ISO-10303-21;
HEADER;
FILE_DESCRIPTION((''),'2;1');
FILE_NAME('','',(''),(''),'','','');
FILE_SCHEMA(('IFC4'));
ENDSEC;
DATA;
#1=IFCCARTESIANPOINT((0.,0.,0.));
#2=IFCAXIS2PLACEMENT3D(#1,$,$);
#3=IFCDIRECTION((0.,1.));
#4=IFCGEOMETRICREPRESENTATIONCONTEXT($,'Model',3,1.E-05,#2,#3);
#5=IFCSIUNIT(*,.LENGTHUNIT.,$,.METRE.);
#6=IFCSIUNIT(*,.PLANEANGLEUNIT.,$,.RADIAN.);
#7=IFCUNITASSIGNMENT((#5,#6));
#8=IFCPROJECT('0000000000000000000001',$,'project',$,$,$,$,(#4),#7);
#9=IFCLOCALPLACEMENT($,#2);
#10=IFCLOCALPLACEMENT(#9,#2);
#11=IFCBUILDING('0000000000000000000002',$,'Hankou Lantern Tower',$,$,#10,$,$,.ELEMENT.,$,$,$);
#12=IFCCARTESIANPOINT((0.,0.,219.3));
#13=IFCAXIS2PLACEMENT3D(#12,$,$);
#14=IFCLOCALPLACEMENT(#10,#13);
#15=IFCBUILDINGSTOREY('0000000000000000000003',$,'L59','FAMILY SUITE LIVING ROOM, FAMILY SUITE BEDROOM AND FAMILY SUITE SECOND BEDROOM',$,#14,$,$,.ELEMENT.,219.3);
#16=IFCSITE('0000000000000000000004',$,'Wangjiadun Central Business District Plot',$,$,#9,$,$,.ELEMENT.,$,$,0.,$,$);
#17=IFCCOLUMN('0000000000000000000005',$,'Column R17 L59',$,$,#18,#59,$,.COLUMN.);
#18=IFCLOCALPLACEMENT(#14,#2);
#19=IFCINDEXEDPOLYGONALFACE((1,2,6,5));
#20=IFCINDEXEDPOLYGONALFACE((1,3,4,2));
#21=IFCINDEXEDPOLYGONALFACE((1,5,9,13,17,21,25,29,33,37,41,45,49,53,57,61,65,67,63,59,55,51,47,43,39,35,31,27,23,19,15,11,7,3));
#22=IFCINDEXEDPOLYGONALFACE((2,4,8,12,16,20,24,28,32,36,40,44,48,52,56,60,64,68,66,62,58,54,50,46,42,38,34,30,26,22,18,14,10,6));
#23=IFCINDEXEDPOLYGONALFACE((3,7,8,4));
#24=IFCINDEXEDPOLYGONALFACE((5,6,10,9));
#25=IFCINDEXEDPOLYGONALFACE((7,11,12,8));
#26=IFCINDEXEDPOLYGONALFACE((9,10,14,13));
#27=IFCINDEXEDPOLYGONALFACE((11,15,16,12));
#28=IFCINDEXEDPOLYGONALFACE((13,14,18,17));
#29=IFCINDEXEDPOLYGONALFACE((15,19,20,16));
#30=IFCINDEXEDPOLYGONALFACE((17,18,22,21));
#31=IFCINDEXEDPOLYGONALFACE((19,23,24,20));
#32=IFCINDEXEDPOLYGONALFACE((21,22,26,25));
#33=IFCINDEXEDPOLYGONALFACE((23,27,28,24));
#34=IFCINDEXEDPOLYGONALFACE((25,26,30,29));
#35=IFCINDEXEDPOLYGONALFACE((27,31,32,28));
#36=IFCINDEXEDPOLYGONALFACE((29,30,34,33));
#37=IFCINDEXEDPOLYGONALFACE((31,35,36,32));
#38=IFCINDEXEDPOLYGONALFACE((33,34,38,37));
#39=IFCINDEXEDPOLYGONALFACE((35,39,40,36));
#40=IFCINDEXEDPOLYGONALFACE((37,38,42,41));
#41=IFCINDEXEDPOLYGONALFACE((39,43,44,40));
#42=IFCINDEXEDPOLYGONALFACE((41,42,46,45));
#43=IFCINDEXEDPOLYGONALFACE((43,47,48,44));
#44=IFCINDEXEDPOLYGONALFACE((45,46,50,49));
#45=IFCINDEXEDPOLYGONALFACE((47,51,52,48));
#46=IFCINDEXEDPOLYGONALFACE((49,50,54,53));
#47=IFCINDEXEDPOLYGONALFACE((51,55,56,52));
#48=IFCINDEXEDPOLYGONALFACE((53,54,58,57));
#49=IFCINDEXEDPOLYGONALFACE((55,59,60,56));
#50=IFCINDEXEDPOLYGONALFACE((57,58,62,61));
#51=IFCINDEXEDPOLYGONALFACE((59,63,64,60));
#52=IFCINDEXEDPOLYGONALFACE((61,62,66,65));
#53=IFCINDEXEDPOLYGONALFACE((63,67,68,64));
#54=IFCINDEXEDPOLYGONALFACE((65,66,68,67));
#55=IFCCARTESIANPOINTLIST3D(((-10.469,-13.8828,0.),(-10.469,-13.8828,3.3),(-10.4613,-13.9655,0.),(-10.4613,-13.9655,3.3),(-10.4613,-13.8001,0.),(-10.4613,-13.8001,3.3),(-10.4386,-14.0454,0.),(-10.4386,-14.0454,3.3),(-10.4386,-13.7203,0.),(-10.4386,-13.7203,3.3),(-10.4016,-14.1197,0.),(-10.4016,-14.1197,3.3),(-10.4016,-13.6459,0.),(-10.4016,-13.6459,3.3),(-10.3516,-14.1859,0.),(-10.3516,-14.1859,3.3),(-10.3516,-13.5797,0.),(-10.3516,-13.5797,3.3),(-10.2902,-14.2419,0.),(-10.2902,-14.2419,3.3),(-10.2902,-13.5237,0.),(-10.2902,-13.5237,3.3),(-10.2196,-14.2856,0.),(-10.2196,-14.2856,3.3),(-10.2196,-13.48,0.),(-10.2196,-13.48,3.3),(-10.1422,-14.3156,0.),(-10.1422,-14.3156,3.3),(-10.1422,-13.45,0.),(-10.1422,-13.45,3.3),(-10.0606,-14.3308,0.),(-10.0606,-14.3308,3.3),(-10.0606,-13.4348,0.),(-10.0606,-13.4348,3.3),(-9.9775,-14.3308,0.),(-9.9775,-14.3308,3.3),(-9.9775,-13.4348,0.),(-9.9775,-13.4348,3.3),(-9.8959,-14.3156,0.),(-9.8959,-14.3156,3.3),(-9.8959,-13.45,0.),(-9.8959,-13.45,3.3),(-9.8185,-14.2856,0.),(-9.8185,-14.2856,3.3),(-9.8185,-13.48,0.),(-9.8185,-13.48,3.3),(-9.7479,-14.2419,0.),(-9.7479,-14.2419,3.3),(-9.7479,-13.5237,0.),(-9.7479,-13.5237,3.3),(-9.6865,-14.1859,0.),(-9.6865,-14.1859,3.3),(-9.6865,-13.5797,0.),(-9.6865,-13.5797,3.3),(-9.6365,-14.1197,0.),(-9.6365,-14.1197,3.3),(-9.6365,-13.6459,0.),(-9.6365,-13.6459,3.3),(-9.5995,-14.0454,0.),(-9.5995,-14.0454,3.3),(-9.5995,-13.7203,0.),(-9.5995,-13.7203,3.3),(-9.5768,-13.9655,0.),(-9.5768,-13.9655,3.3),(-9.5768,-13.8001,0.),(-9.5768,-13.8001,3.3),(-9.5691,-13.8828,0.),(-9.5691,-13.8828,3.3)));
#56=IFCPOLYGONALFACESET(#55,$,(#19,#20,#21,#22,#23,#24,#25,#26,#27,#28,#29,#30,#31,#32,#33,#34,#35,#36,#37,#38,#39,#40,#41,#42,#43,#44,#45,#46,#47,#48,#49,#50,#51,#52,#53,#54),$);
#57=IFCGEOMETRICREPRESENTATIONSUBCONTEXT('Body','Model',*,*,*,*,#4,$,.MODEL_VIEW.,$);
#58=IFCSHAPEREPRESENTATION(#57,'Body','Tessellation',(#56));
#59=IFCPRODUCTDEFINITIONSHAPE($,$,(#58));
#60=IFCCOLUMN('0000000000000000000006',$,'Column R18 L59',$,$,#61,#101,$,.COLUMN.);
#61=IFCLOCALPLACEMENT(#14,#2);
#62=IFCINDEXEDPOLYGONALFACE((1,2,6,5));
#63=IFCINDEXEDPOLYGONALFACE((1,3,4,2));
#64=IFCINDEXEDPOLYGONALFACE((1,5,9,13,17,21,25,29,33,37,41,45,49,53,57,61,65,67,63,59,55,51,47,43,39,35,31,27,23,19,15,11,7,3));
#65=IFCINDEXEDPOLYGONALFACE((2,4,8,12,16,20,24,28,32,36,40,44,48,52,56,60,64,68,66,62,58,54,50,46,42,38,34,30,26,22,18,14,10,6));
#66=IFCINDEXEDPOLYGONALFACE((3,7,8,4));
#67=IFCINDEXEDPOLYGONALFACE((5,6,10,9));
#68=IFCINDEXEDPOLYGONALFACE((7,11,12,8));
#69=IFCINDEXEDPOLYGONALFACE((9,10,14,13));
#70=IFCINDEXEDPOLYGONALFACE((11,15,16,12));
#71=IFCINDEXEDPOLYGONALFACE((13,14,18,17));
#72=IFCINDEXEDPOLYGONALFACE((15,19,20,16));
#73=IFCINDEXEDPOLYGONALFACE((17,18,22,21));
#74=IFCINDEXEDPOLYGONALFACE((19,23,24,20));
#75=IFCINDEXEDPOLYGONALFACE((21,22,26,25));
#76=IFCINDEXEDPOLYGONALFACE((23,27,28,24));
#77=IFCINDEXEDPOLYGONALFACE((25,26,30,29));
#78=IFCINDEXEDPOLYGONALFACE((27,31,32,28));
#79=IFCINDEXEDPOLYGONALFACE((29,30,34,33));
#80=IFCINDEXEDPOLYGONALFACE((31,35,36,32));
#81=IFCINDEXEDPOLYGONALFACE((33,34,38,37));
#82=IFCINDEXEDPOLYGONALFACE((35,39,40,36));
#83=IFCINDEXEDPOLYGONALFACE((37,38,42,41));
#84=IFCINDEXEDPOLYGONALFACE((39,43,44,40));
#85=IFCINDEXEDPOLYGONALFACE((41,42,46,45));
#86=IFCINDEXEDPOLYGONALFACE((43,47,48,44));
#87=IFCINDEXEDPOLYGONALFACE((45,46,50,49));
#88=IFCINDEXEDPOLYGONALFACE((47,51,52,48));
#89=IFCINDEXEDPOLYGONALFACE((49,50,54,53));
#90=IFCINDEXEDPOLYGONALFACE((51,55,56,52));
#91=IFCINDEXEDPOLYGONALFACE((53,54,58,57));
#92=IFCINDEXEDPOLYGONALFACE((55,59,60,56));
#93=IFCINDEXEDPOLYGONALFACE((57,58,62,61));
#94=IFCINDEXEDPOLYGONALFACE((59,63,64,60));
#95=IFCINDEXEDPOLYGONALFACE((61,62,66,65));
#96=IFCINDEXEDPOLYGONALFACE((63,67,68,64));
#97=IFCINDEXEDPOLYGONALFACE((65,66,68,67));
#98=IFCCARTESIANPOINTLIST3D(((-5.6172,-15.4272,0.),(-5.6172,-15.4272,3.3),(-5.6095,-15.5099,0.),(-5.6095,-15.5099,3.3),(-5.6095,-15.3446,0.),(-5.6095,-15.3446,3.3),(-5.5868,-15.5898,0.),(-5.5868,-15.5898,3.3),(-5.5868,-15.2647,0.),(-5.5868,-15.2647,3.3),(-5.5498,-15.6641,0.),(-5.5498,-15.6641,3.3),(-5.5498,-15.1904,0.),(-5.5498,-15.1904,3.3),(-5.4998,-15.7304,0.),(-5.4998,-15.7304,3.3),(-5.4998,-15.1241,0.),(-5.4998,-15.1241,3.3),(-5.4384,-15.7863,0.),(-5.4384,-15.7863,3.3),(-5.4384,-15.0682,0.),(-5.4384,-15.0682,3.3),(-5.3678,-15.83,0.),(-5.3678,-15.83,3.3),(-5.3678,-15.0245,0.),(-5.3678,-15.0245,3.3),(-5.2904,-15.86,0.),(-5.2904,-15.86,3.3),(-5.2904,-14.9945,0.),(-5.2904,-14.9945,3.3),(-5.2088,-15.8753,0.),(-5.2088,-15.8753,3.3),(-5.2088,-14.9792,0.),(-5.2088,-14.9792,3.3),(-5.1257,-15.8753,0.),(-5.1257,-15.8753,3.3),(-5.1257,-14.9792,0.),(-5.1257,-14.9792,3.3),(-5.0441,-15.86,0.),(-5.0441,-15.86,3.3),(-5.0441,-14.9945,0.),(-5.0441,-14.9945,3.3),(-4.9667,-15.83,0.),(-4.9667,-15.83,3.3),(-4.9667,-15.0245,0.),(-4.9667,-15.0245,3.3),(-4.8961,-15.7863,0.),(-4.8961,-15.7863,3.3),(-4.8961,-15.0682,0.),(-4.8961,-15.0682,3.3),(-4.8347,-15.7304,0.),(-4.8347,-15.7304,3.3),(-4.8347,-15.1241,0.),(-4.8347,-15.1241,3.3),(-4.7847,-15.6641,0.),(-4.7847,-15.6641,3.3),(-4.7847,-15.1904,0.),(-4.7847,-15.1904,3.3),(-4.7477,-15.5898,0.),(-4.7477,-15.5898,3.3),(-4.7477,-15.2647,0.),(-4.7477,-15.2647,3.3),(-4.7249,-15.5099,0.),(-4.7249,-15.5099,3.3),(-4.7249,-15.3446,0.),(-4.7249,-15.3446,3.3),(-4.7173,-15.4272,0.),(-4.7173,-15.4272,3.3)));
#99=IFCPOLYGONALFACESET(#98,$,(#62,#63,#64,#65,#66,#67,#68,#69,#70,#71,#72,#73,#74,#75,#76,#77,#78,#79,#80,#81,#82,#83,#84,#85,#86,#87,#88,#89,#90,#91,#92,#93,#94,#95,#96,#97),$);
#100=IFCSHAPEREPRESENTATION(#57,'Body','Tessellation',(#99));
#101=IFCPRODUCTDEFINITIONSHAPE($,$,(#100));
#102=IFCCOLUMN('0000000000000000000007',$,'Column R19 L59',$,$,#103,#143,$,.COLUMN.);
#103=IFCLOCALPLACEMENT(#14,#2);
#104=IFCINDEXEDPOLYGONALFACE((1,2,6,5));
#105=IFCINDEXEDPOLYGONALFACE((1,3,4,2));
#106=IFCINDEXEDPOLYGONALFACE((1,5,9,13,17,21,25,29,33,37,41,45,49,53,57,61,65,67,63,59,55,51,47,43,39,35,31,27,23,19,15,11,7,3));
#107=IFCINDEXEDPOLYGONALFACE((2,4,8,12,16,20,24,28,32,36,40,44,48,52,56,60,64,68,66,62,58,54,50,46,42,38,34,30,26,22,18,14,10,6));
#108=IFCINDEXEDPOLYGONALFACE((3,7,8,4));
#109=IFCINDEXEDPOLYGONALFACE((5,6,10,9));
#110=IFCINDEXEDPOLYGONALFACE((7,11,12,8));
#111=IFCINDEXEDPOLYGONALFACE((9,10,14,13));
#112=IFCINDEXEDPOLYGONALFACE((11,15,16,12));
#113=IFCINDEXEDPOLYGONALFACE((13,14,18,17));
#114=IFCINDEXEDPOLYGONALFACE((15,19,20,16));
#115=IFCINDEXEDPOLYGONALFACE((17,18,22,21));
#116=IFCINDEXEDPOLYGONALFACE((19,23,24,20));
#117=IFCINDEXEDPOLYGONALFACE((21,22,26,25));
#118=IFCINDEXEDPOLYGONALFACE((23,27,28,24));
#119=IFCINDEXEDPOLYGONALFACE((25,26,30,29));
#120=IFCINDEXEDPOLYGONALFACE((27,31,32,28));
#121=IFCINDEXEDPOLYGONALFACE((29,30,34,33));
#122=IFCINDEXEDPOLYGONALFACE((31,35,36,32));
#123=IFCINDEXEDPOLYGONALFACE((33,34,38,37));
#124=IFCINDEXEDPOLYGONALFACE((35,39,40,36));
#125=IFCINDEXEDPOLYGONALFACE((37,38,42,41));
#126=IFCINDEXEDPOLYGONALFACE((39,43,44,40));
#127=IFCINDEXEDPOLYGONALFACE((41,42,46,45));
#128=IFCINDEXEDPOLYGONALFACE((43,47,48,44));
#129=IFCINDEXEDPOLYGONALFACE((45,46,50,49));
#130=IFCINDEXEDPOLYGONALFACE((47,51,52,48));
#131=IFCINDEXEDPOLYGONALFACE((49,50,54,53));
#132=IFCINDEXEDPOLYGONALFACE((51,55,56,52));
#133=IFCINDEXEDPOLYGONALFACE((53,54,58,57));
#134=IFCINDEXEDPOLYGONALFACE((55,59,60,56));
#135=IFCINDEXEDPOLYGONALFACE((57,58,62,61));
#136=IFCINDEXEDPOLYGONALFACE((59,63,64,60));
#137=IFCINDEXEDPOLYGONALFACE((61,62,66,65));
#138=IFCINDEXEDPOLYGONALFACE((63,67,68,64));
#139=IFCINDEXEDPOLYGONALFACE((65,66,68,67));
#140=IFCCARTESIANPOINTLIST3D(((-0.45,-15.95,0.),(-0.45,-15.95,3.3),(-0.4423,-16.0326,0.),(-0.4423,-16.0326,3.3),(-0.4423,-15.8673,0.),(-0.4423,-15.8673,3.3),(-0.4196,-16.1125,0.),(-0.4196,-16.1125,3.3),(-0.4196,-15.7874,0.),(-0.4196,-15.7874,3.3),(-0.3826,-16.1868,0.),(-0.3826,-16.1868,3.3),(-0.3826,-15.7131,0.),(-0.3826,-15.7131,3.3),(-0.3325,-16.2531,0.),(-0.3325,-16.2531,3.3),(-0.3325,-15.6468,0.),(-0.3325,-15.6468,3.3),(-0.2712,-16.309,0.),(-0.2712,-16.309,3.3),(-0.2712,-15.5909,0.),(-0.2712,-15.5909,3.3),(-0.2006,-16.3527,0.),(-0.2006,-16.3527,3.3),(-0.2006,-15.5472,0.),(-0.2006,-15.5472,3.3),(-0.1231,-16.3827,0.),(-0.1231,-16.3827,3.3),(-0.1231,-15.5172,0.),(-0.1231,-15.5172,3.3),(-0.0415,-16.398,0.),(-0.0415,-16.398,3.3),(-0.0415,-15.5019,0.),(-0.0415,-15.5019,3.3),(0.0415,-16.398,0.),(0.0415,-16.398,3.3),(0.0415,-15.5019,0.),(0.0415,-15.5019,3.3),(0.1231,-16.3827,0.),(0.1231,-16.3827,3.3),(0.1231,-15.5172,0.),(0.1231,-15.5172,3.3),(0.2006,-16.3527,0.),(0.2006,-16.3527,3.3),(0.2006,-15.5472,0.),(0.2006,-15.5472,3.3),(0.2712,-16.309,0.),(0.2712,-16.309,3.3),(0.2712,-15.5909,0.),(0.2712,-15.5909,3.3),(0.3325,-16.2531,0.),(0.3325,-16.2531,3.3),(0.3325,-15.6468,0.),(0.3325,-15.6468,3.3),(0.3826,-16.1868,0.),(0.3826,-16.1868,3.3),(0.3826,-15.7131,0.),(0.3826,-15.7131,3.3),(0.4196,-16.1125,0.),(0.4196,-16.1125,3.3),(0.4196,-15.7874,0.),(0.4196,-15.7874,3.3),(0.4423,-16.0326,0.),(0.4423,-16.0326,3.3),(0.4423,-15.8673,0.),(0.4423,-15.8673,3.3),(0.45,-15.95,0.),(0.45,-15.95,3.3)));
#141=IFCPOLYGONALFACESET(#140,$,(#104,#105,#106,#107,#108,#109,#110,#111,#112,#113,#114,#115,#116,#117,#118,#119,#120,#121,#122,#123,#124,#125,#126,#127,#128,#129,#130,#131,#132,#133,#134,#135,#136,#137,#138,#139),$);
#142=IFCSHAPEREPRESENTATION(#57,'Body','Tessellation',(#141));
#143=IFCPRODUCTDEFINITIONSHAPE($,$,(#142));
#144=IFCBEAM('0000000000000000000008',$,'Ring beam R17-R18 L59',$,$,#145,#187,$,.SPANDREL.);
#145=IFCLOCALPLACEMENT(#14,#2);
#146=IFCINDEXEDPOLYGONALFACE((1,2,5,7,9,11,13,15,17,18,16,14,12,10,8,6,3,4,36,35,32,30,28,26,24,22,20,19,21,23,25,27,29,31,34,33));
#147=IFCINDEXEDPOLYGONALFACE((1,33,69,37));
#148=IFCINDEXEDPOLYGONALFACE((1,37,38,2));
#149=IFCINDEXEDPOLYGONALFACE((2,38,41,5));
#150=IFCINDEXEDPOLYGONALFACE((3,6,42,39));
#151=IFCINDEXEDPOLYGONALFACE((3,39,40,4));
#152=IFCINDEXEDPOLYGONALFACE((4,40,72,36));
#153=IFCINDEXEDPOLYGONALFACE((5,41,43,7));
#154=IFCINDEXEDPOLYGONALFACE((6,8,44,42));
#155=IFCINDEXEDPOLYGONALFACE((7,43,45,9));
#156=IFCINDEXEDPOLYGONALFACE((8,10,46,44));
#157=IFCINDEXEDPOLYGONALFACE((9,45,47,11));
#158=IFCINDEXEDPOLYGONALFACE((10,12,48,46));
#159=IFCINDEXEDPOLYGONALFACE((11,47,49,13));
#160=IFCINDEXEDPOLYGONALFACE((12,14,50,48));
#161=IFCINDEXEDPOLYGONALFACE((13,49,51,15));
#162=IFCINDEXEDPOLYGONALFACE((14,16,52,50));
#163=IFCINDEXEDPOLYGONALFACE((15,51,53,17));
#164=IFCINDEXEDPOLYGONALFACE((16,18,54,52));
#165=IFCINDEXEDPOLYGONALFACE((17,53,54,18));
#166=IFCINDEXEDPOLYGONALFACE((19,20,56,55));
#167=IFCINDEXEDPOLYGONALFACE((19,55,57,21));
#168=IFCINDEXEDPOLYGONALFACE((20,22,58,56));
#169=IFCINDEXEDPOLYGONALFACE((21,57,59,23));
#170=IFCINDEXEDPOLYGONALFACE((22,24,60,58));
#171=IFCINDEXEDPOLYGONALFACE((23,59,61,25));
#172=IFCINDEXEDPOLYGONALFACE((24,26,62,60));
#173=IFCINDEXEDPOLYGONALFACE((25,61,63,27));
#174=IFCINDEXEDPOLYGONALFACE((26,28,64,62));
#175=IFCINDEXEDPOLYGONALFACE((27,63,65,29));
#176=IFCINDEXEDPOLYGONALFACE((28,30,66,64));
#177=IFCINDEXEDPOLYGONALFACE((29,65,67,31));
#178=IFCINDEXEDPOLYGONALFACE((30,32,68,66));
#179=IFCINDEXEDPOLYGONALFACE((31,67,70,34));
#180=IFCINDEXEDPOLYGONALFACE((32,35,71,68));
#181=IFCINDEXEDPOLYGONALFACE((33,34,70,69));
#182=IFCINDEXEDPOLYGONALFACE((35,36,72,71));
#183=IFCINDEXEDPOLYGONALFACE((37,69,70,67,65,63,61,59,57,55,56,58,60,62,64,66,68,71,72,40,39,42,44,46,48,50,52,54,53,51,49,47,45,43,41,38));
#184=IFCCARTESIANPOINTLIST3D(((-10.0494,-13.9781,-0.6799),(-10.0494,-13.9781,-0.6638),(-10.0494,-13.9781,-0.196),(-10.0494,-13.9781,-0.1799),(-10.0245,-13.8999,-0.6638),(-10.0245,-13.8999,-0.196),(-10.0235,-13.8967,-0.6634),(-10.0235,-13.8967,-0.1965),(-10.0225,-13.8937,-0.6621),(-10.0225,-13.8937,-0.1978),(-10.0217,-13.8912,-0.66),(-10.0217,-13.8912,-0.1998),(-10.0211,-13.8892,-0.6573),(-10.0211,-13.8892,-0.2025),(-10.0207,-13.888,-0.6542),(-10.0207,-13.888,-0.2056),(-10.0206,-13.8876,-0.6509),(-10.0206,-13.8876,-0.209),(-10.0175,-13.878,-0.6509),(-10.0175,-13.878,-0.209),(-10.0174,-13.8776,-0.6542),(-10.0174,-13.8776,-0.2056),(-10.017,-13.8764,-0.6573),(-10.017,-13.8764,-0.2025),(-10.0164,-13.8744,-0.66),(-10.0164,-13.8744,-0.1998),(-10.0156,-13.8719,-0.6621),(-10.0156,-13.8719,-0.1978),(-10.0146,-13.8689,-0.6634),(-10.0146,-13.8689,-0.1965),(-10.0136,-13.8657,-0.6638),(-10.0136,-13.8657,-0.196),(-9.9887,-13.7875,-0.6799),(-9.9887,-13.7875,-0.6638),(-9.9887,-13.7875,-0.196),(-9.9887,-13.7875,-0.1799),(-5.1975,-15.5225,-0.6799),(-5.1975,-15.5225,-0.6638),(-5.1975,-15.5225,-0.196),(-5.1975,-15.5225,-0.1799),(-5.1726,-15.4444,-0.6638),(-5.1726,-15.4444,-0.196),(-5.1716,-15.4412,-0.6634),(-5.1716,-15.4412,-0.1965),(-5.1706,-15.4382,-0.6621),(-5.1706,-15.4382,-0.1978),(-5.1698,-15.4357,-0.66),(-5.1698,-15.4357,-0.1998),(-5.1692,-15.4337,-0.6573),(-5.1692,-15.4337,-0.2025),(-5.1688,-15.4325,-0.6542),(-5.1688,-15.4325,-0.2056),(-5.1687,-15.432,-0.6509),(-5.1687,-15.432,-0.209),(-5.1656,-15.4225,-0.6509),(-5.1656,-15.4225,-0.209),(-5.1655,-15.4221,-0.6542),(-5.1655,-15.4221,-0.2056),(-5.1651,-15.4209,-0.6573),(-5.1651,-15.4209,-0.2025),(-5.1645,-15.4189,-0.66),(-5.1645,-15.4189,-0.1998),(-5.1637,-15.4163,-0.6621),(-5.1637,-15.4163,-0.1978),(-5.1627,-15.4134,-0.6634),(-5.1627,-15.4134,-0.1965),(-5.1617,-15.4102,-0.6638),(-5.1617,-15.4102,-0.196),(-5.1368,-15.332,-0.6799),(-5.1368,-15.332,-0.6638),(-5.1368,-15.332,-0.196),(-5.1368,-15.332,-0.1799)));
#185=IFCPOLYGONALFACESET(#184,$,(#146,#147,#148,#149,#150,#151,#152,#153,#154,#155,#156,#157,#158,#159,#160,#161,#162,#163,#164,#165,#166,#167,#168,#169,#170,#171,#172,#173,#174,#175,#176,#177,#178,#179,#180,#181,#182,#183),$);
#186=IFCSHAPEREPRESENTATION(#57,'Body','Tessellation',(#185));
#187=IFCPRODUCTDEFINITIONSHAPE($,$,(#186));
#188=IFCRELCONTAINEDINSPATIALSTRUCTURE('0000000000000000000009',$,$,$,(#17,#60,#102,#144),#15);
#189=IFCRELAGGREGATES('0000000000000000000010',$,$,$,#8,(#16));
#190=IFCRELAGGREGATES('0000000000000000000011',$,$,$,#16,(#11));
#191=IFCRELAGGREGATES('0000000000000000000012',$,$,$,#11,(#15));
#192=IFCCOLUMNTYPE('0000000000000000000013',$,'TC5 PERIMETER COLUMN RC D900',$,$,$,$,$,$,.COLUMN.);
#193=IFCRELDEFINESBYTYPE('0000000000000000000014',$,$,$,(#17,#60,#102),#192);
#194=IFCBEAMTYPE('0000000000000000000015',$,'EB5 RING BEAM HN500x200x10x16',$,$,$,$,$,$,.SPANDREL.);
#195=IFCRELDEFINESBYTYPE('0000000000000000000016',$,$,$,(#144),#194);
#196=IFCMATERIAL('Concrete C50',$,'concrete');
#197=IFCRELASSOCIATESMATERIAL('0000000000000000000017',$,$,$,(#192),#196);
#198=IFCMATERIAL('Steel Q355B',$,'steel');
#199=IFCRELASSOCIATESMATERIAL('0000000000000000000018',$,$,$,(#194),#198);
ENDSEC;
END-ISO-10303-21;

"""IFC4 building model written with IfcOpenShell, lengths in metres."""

from ifc_helpers import new_model, si_unit, direction, frame, origin, origin_2d, place, context, subcontext, project, spatial, circle, i_section, extrude, material, material_profile, profile_set, type_object, element, save


model = new_model("IFC4")

# Units and contexts
model_context = context("Model", 3, precision=1e-05, world=origin(), true_north=direction((0.0, 1.0)))
body_context = subcontext(model_context, "Body", "Model", "MODEL_VIEW")
ifc_project = project(units=[si_unit("LENGTHUNIT", "METRE"), si_unit("PLANEANGLEUNIT", "RADIAN")], contexts=[model_context])

# Site, building, storey
site_placement = place(None, origin())
site = spatial("IfcSite", under=ifc_project, at=site_placement, Name="Wangjiadun Central Business District Plot", CompositionType="ELEMENT", RefElevation=0.0)
building_placement = place(site_placement, origin())
building = spatial("IfcBuilding", under=site, at=building_placement, Name="Hankou Lantern Tower", CompositionType="ELEMENT")
storey_placement = place(building_placement, frame((0.0, 0.0, 219.3)))
storey = spatial("IfcBuildingStorey", under=building, at=storey_placement, Name="L59", Description="FAMILY SUITE LIVING ROOM, FAMILY SUITE BEDROOM AND FAMILY SUITE SECOND BEDROOM", CompositionType="ELEMENT", Elevation=219.3)

# Columns
ifc_material_1 = material(Name="Concrete C50", Category="concrete")
ifc_material_profile_1 = material_profile(ifc_material_1, circle(Radius=0.45, at=origin_2d()), Name="RC D900")
ifc_profile_set_1 = profile_set([ifc_material_profile_1], Name="Concrete C50")
column_type = type_object("IfcColumnType", Name="TC5 PERIMETER COLUMN RC D900", PredefinedType="COLUMN", material=ifc_profile_set_1)
for number, where, z_axis, x_axis, name in (
    (1, (-10.019, -13.8828, 0.0), (0.0, 0.0, 1.0), (1.0, 0.0, 0.0), "Column R17 L59"),
    (2, (-5.1672, -15.4272, 0.0), (0.0, 0.0, 1.0), (1.0, 0.0, 0.0), "Column R18 L59"),
    (3, (0.0, -15.95, 0.0), (0.0, 0.0, 1.0), (1.0, 0.0, 0.0), "Column R19 L59"),
):
    element("IfcColumn", number, at=place(storey_placement, frame(where, z_axis=z_axis, x_axis=x_axis)), inside=storey, type_object=column_type, Name=name, PredefinedType="COLUMN", context=body_context, shape_type="SweptSolid", body=[
        extrude(circle(Radius=0.45, at=origin_2d()), origin(), (0.0, 0.0, 1.0), 3.3),
    ])

# Beam
ifc_material_2 = material(Name="Steel Q355B", Category="steel")
ifc_material_profile_2 = material_profile(ifc_material_2, i_section(OverallWidth=0.2, OverallDepth=0.5, WebThickness=0.01, FlangeThickness=0.0161, FilletRadius=0.0129, at=origin_2d()), Name="HN500x200x10x16")
ifc_profile_set_2 = profile_set([ifc_material_profile_2], Name="Steel Q355B")
beam_type_1 = type_object("IfcBeamType", Name="EB5 RING BEAM HN500x200x10x16", PredefinedType="SPANDREL", material=ifc_profile_set_2)
beam_1_placement = place(storey_placement, frame((-10.019, -13.8828, -0.4299), z_axis=(0.952887, -0.303324, 0.0), x_axis=(0.303324, 0.952887, 0.0)))
element("IfcBeam", 4, at=beam_1_placement, inside=storey, type_object=beam_type_1, Name="Ring beam R17-R18 L59", PredefinedType="SPANDREL", context=body_context, shape_type="SweptSolid", body=[
    extrude(i_section(OverallWidth=0.2, OverallDepth=0.5, WebThickness=0.01, FlangeThickness=0.0161, FilletRadius=0.0129, at=origin_2d()), origin(), (0.0, 0.0, 1.0), 5.0918),
])

save(model, "model.ifc")
